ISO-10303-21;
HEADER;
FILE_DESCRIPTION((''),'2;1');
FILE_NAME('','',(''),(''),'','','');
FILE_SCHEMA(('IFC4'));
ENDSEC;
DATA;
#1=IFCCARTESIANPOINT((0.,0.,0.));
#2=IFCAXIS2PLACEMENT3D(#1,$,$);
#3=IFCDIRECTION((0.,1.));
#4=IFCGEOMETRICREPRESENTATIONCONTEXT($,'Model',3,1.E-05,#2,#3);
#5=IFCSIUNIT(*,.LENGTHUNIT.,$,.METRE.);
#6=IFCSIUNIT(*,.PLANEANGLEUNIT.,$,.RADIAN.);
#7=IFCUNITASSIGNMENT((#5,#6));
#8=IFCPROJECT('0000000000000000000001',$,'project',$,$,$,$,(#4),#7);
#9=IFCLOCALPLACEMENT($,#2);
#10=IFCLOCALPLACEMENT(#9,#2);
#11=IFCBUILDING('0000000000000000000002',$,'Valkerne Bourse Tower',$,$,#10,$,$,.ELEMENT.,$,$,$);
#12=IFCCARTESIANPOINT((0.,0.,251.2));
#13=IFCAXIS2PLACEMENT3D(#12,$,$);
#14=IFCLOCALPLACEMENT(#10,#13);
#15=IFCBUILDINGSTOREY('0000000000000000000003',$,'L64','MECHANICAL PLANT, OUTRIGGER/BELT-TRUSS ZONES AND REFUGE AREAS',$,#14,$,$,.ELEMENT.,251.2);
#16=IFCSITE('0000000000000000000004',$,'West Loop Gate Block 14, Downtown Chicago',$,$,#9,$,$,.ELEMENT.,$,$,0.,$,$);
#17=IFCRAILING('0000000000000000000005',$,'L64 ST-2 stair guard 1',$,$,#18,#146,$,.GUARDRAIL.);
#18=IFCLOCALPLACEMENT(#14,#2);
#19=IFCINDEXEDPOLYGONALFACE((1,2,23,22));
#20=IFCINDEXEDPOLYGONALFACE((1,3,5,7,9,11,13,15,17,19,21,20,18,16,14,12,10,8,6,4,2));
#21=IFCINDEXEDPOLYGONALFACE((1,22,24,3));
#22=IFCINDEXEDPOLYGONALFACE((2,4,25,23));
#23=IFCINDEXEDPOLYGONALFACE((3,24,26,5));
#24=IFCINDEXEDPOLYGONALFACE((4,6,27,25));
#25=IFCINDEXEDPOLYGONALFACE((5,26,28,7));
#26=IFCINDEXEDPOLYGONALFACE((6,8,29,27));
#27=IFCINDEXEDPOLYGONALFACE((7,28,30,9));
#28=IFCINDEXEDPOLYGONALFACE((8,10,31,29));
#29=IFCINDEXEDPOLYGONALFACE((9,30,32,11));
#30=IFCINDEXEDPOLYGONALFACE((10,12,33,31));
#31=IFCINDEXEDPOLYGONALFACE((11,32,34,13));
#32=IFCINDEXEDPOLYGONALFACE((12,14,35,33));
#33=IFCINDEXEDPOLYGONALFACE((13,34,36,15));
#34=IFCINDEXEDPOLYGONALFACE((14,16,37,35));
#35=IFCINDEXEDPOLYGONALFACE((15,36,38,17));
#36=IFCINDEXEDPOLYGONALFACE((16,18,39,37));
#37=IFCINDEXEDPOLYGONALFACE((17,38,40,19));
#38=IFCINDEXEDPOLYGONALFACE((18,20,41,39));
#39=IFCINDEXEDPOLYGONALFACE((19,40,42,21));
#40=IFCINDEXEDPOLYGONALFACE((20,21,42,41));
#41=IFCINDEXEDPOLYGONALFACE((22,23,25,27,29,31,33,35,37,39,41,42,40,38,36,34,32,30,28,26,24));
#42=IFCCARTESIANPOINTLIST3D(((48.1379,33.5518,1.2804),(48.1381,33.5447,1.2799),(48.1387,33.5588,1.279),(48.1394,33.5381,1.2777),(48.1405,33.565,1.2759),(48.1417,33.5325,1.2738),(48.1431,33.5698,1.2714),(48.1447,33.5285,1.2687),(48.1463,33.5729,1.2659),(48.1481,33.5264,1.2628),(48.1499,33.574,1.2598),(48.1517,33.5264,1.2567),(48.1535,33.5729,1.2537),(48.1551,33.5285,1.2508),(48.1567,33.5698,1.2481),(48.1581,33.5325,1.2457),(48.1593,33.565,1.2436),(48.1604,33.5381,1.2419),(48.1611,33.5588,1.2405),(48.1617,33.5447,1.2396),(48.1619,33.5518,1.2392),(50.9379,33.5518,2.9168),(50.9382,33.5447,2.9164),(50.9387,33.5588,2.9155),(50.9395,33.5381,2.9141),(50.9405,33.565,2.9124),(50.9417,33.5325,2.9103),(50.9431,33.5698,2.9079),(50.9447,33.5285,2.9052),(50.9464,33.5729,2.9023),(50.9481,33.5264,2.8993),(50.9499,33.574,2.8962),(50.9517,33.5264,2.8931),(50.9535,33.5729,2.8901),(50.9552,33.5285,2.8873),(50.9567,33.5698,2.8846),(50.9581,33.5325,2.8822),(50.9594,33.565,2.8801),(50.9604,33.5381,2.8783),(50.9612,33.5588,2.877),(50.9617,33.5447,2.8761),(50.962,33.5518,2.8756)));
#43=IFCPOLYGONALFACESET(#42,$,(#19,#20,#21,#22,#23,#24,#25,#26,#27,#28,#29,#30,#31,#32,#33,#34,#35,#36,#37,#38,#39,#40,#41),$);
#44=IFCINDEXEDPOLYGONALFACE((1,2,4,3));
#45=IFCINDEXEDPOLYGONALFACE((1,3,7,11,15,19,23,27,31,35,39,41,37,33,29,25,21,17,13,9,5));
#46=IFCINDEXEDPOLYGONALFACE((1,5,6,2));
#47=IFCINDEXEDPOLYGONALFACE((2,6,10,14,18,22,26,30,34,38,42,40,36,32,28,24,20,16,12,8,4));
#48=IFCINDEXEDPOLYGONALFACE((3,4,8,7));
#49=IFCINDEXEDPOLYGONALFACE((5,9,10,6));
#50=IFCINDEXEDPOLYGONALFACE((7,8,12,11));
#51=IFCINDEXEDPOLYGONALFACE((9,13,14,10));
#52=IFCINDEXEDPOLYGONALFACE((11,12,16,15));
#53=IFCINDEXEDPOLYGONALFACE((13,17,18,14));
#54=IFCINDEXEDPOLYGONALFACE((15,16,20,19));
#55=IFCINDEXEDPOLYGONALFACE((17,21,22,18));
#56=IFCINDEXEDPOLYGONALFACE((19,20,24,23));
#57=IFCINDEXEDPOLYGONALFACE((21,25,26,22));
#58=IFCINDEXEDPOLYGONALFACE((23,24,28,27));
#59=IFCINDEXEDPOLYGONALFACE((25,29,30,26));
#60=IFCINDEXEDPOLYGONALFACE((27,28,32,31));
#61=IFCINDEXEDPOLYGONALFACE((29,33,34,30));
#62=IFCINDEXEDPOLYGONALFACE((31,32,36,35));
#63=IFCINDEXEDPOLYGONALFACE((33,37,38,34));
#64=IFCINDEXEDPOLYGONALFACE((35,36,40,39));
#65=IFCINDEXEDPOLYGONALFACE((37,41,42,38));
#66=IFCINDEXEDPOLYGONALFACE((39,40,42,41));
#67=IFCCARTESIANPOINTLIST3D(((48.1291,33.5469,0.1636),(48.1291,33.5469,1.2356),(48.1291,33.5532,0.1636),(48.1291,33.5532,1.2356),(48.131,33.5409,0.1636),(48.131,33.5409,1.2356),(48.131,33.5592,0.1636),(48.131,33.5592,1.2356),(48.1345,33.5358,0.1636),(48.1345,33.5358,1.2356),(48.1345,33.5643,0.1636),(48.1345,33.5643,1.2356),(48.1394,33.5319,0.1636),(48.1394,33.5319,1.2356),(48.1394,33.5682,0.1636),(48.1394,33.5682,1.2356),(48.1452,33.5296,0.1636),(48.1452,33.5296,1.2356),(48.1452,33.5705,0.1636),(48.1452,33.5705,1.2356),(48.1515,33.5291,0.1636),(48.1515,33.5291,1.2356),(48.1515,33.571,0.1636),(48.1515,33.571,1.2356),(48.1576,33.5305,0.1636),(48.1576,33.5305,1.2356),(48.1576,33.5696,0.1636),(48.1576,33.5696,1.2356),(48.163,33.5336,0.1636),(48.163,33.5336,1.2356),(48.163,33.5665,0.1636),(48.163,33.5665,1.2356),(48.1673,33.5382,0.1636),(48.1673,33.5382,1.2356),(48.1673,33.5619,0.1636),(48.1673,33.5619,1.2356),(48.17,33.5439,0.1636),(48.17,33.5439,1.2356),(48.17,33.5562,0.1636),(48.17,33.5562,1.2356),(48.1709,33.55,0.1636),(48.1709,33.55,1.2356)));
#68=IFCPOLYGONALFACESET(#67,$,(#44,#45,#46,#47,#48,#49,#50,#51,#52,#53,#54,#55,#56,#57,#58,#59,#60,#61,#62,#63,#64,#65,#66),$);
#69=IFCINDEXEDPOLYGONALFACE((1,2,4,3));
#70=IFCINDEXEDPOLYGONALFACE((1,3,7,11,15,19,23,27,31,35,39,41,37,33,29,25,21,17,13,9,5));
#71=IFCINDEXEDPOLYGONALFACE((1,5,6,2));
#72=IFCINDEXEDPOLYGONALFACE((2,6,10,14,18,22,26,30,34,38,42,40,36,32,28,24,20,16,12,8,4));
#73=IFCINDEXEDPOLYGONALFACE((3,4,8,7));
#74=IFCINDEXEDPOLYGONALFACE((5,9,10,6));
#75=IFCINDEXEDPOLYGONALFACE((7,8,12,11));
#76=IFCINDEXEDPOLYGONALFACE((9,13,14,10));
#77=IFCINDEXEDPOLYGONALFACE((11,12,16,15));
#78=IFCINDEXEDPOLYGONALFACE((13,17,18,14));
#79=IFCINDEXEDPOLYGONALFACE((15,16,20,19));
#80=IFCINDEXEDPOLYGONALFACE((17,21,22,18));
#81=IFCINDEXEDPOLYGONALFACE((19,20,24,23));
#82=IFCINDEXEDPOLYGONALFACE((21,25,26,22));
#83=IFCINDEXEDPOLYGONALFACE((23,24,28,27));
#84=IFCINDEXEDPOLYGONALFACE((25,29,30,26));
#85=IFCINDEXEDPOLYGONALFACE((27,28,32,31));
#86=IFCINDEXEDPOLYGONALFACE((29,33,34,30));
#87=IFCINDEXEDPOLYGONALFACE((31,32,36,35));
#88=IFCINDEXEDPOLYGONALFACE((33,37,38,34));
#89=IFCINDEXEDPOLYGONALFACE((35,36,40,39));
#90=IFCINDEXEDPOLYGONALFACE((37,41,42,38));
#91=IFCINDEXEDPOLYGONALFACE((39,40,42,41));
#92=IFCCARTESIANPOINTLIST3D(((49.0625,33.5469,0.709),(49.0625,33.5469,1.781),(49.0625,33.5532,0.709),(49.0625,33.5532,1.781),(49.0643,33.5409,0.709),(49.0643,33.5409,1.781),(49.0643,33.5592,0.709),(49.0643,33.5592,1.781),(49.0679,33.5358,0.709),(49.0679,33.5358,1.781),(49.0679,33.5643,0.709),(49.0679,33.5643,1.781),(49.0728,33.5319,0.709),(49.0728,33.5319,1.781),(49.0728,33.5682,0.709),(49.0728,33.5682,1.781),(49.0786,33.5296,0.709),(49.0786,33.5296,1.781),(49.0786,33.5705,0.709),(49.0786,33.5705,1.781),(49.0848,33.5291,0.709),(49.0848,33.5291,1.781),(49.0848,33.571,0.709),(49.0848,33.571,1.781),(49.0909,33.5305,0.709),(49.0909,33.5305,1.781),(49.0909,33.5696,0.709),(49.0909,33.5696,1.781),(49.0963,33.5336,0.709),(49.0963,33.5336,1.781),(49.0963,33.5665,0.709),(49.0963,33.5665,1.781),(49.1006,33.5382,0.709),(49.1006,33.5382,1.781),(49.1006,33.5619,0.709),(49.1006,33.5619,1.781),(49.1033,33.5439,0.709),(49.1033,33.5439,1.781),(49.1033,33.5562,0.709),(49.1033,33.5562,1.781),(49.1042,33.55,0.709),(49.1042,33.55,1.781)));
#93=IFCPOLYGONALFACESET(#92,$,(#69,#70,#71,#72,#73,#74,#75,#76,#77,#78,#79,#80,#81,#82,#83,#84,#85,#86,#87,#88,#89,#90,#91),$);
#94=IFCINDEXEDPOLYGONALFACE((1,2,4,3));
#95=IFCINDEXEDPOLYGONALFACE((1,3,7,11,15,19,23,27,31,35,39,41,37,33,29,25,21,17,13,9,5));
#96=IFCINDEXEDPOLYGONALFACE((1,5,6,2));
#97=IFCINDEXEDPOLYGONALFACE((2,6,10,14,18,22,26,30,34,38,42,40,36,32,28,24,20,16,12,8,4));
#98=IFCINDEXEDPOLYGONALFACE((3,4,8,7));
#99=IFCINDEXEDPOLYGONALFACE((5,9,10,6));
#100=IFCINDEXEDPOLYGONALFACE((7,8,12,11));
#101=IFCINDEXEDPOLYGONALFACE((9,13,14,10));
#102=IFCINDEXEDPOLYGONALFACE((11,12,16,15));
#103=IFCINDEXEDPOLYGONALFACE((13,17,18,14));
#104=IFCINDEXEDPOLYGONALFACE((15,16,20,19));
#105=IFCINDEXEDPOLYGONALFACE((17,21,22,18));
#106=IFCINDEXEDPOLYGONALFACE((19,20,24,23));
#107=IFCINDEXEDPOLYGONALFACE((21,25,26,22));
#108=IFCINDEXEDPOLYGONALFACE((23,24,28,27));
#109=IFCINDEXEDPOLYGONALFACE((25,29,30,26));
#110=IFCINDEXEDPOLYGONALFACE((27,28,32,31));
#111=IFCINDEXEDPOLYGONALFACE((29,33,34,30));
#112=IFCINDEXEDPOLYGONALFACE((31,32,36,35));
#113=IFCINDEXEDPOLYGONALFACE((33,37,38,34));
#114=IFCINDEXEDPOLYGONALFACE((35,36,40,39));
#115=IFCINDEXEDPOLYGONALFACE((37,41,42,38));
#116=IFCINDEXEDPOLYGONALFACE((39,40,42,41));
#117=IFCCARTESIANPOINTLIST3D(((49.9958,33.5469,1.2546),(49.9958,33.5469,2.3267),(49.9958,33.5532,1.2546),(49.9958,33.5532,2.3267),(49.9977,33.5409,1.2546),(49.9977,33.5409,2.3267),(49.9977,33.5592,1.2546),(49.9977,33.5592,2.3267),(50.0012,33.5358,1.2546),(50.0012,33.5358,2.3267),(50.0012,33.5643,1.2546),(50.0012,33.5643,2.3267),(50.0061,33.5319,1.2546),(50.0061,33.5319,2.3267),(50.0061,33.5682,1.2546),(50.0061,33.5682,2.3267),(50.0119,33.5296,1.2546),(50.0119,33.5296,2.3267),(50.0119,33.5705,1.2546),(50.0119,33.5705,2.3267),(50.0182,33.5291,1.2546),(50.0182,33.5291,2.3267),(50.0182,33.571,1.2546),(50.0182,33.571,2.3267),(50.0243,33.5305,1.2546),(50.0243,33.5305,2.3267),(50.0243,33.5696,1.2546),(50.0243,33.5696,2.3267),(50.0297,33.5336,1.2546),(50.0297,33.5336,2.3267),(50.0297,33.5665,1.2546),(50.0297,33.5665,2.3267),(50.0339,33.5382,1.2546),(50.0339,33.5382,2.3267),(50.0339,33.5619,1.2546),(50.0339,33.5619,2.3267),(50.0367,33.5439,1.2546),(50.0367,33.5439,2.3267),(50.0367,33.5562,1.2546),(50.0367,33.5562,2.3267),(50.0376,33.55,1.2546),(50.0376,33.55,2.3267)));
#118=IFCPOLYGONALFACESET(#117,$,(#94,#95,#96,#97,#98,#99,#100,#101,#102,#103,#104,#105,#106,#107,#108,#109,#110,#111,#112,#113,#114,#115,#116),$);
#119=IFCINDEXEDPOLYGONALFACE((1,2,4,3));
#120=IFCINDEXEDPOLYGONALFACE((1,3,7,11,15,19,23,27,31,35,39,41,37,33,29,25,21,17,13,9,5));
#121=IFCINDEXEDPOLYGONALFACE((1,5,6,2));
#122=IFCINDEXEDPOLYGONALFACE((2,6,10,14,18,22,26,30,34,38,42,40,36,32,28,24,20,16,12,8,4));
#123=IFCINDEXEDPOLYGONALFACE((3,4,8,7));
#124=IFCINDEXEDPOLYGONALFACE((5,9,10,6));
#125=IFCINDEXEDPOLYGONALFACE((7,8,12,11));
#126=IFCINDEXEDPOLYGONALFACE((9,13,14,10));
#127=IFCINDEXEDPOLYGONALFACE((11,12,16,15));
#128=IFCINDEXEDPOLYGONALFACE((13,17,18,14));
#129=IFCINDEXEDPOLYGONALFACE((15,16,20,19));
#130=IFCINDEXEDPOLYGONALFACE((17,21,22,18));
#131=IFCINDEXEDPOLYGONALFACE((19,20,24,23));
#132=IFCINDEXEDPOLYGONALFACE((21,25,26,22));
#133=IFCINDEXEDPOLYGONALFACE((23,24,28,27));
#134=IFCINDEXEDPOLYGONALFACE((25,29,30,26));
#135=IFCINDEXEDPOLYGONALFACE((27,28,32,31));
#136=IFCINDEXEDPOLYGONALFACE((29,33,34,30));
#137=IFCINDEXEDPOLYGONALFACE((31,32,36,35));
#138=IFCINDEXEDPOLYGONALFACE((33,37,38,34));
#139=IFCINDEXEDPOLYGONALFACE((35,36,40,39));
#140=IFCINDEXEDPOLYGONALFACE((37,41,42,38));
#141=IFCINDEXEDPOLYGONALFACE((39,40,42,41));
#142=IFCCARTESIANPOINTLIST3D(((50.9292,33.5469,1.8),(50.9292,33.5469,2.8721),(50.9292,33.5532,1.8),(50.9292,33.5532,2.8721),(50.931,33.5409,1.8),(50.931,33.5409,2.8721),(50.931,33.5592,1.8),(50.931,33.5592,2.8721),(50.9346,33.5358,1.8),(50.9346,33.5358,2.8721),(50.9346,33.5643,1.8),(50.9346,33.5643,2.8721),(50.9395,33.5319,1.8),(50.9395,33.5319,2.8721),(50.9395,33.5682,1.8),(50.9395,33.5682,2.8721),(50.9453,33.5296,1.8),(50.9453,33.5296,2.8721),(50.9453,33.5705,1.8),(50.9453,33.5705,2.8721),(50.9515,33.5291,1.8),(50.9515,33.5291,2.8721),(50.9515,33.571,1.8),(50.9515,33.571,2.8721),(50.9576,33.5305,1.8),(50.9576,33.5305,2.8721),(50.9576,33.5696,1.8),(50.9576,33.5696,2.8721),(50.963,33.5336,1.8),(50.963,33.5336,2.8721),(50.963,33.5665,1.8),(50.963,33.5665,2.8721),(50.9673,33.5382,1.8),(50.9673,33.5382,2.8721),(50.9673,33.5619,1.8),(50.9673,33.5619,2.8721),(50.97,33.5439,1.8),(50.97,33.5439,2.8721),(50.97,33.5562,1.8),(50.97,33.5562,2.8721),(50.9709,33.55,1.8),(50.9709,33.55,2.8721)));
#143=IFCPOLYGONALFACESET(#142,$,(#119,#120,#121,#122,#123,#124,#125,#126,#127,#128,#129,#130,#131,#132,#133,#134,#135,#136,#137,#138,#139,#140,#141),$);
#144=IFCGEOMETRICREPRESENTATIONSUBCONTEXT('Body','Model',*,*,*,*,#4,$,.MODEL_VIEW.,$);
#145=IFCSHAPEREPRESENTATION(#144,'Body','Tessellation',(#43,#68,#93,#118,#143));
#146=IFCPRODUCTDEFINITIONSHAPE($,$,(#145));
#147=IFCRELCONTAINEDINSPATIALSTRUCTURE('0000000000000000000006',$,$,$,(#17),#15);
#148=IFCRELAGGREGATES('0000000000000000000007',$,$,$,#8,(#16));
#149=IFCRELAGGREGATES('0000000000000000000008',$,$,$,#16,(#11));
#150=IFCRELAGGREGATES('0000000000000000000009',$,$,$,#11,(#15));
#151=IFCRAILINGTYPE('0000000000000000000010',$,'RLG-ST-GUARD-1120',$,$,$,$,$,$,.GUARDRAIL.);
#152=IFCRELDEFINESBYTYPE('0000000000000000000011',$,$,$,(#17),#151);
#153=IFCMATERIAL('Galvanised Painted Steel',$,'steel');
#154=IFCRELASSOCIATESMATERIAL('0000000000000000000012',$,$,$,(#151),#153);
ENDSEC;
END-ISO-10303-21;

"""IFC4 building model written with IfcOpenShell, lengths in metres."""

from ifc_helpers import new_model, si_unit, direction, frame, origin, origin_2d, place, context, subcontext, project, spatial, circle, extrude, material, type_object, element, save


model = new_model("IFC4")

# Units and contexts
model_context = context("Model", 3, precision=1e-05, world=origin(), true_north=direction((0.0, 1.0)))
body_context = subcontext(model_context, "Body", "Model", "MODEL_VIEW")
ifc_project = project(units=[si_unit("LENGTHUNIT", "METRE"), si_unit("PLANEANGLEUNIT", "RADIAN")], contexts=[model_context])

# Site, building, storey
site_placement = place(None, origin())
site = spatial("IfcSite", under=ifc_project, at=site_placement, Name="West Loop Gate Block 14, Downtown Chicago", CompositionType="ELEMENT", RefElevation=0.0)
building_placement = place(site_placement, origin())
building = spatial("IfcBuilding", under=site, at=building_placement, Name="Valkerne Bourse Tower", CompositionType="ELEMENT")
storey_placement = place(building_placement, frame((0.0, 0.0, 251.2)))
storey = spatial("IfcBuildingStorey", under=building, at=storey_placement, Name="L64", Description="MECHANICAL PLANT, OUTRIGGER/BELT-TRUSS ZONES AND REFUGE AREAS", CompositionType="ELEMENT", Elevation=251.2)

# Shared definitions
ifc_material_1 = material(Name="Galvanised Painted Steel", Category="steel")

# Railing
railing_type_1 = type_object("IfcRailingType", Name="RLG-ST-GUARD-1120", PredefinedType="GUARDRAIL", material=ifc_material_1)
railing_1_placement = place(storey_placement, frame((48.1499, 33.55, 0.1636)))
element("IfcRailing", 1, at=railing_1_placement, inside=storey, type_object=railing_type_1, Name="L64 ST-2 stair guard 1", PredefinedType="GUARDRAIL", context=body_context, shape_type="SweptSolid", body=[
    extrude(circle(Radius=0.0239, at=origin_2d()), frame((0.0, 0.0, 1.0962), z_axis=(0.863361, 0.0, 0.504587), x_axis=(0.0, 1.0, 0.0)), (0.0, 0.0, 1.0), 3.2432),
    extrude(circle(Radius=0.021, at=origin_2d()), origin(), (0.0, 0.0, 1.0), 1.072),
    extrude(circle(Radius=0.021, at=origin_2d()), frame((0.9333, 0.0, 0.5454)), (0.0, 0.0, 1.0), 1.072),
    extrude(circle(Radius=0.021, at=origin_2d()), frame((1.8667, 0.0, 1.0911)), (0.0, 0.0, 1.0), 1.072),
    extrude(circle(Radius=0.021, at=origin_2d()), frame((2.8, 0.0, 1.6365)), (0.0, 0.0, 1.0), 1.072),
])

save(model, "model.ifc")
